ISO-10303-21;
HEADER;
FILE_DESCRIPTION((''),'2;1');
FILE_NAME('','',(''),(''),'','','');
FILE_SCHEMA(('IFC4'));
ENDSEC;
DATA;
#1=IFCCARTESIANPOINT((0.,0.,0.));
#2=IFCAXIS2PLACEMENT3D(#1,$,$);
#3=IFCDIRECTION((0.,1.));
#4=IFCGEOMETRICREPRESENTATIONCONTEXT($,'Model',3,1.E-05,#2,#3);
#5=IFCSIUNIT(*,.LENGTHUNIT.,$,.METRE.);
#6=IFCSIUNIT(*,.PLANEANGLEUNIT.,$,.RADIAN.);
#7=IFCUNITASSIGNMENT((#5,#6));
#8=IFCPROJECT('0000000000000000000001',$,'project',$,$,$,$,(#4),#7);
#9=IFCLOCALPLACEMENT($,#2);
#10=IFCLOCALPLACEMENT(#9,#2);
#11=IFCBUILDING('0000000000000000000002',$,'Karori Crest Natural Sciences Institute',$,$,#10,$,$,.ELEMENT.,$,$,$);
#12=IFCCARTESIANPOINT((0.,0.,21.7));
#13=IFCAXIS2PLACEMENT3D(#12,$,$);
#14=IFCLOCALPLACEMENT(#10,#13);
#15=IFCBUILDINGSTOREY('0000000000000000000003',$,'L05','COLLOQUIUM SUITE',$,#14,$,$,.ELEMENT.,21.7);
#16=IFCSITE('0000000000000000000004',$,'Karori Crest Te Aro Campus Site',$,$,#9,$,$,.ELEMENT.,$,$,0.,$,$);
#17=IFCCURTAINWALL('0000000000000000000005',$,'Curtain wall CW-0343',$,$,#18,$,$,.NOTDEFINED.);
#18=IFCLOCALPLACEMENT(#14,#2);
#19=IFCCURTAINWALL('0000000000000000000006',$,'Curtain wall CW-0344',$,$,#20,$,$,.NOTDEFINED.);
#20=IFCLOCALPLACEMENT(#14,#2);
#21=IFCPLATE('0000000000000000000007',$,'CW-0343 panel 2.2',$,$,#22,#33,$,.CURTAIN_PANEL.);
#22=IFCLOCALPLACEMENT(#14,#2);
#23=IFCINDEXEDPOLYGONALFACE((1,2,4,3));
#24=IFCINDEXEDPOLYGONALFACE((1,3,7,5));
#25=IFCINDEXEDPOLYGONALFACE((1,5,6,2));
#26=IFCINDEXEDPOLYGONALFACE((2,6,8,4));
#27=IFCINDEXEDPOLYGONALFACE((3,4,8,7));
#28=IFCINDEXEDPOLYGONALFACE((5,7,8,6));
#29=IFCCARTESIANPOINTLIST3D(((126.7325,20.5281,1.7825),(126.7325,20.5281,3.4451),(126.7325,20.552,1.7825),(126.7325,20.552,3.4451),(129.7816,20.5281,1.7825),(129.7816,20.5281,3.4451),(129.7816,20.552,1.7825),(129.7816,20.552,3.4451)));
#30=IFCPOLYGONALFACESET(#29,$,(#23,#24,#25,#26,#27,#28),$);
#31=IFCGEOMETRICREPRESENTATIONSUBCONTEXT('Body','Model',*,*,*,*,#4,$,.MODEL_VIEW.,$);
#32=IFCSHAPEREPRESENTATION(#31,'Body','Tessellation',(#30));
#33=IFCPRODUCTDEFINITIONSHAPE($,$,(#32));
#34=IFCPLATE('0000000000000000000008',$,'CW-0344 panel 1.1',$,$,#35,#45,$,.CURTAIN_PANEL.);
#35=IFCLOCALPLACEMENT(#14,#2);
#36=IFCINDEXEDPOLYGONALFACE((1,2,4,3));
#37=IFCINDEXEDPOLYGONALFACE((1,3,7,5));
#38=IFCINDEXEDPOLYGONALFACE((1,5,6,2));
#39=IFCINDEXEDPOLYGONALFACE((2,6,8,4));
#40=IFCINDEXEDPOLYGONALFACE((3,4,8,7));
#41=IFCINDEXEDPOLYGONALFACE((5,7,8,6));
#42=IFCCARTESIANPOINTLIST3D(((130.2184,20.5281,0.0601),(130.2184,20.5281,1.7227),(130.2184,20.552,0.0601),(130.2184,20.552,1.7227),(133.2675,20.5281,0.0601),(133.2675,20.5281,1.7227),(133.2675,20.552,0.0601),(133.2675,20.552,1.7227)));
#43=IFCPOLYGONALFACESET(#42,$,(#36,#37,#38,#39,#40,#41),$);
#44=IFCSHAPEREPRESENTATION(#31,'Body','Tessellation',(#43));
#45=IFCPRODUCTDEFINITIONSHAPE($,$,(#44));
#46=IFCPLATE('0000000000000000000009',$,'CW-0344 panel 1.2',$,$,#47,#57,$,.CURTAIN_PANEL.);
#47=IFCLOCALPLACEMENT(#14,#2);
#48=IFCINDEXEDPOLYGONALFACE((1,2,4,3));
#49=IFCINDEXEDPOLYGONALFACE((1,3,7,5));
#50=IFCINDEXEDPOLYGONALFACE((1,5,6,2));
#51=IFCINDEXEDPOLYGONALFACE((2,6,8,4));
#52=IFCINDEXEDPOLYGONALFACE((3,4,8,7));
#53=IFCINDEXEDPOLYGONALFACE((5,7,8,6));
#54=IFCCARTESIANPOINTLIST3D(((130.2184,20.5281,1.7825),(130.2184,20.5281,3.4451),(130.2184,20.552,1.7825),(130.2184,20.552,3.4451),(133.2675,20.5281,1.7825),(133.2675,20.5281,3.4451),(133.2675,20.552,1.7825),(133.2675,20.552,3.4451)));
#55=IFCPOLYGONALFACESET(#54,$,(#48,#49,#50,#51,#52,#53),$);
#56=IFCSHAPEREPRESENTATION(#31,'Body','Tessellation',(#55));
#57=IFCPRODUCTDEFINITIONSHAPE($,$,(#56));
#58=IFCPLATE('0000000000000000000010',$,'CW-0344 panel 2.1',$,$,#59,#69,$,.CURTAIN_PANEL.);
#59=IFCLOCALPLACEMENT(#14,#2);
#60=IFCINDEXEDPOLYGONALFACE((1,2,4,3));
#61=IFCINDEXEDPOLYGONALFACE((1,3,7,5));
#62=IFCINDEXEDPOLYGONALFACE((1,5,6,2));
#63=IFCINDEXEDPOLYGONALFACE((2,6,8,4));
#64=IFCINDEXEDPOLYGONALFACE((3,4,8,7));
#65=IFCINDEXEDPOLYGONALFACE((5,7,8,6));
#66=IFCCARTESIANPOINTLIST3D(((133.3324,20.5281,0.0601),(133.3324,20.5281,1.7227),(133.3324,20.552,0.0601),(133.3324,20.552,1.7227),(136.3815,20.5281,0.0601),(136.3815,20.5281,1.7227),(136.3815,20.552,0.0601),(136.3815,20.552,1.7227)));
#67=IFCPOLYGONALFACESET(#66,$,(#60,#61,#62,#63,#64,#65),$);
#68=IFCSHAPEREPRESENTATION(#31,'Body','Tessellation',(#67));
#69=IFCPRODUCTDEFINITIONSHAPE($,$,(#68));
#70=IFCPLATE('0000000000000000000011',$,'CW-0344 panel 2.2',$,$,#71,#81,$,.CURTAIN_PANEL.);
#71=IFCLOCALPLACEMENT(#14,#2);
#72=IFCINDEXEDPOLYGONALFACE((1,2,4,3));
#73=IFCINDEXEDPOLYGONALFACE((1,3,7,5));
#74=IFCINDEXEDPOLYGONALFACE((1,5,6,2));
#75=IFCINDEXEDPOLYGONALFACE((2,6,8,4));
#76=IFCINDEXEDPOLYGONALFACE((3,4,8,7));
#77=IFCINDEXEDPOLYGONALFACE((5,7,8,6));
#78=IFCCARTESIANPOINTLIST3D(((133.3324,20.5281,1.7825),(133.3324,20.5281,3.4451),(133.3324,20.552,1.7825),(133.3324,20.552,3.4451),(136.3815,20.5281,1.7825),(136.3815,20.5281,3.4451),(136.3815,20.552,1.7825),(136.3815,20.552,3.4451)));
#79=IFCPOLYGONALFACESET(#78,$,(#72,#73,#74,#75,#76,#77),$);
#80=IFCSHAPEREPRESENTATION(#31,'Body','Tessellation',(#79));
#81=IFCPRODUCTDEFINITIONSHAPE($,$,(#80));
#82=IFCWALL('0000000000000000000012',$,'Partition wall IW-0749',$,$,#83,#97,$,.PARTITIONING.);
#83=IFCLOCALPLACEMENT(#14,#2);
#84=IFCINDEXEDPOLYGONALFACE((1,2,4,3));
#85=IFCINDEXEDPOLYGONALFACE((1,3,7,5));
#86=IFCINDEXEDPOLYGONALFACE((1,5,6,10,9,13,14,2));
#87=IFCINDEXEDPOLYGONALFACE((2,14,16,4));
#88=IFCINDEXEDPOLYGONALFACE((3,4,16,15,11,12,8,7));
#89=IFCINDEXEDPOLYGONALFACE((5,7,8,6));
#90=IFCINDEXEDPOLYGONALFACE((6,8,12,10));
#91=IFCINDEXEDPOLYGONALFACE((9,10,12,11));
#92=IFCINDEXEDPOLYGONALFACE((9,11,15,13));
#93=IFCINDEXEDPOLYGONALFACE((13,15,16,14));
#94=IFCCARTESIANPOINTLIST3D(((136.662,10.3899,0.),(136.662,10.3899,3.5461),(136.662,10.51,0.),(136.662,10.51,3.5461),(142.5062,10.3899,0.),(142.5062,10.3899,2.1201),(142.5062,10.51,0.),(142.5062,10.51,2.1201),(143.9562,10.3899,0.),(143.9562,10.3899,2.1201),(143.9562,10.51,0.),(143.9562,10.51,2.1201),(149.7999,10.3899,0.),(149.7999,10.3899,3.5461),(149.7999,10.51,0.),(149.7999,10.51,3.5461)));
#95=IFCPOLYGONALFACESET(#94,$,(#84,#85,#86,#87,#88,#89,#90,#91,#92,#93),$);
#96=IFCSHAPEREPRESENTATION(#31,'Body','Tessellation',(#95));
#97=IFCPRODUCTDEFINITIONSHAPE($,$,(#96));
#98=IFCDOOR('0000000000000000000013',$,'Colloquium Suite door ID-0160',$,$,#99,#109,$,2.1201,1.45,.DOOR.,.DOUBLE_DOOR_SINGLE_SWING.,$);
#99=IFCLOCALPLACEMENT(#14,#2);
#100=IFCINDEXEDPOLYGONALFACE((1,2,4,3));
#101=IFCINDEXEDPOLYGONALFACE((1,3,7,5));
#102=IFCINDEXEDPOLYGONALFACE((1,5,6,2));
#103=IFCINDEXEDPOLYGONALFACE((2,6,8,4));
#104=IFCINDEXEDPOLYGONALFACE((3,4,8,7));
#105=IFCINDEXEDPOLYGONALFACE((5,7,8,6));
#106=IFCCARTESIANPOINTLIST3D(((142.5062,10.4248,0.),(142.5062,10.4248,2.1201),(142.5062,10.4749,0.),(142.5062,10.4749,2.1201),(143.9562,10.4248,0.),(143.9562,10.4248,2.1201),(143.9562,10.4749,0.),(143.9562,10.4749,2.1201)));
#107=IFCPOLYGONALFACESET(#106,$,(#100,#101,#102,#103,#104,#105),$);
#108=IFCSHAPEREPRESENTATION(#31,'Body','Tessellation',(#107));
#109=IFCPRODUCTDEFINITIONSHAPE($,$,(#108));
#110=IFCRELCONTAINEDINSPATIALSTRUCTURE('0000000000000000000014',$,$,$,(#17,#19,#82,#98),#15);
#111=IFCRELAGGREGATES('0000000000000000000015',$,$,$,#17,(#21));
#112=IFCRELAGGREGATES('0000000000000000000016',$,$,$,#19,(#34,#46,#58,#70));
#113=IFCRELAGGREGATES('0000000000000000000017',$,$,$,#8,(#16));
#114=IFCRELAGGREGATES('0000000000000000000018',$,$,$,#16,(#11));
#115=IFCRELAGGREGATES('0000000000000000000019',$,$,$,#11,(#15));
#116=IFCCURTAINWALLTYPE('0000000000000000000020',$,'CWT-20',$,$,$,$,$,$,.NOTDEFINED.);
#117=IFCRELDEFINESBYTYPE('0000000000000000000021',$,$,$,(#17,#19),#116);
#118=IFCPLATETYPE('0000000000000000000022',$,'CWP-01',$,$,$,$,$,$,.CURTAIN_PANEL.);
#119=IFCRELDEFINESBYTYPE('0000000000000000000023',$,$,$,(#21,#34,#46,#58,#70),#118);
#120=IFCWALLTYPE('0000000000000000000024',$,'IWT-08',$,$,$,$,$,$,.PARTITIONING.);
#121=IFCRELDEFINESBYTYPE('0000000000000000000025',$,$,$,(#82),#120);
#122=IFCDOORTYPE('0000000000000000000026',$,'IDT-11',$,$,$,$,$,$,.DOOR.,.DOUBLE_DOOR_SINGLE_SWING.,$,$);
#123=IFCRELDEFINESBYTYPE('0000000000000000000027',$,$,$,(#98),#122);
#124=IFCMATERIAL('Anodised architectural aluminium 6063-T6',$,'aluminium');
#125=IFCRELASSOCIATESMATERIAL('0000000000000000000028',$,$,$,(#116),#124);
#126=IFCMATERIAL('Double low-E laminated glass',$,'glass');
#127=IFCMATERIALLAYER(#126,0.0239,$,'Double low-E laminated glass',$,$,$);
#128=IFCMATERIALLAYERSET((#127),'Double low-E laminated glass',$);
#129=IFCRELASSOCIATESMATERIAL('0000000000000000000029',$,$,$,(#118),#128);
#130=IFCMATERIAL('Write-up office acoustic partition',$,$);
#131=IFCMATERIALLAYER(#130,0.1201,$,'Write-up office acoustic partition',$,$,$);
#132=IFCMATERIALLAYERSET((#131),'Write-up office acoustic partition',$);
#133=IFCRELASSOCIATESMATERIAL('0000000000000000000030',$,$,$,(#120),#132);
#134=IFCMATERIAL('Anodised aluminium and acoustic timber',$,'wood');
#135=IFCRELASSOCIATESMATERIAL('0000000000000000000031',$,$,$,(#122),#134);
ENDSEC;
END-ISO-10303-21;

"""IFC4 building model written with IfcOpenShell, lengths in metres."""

from ifc_helpers import new_model, si_unit, direction, frame, frame_2d, origin, origin_2d, place, context, subcontext, project, spatial, rectangle, extrude, material, layer, layer_set, type_object, element, fill, aggregate, save


model = new_model("IFC4")

# Units and contexts
model_context = context("Model", 3, precision=1e-05, world=origin(), true_north=direction((0.0, 1.0)))
body_context = subcontext(model_context, "Body", "Model", "MODEL_VIEW")
ifc_project = project(units=[si_unit("LENGTHUNIT", "METRE"), si_unit("PLANEANGLEUNIT", "RADIAN")], contexts=[model_context])

# Site, building, storey
site_placement = place(None, origin())
site = spatial("IfcSite", under=ifc_project, at=site_placement, Name="Karori Crest Te Aro Campus Site", CompositionType="ELEMENT", RefElevation=0.0)
building_placement = place(site_placement, origin())
building = spatial("IfcBuilding", under=site, at=building_placement, Name="Karori Crest Natural Sciences Institute", CompositionType="ELEMENT")
storey_placement = place(building_placement, frame((0.0, 0.0, 21.7)))
storey = spatial("IfcBuildingStorey", under=building, at=storey_placement, Name="L05", Description="COLLOQUIUM SUITE", CompositionType="ELEMENT", Elevation=21.7)

# Curtain walls
ifc_material_1 = material(Name="Anodised architectural aluminium 6063-T6", Category="aluminium")
curtain_wall_type = type_object("IfcCurtainWallType", Name="CWT-20", PredefinedType="NOTDEFINED", material=ifc_material_1)
curtain_wall_1_placement = place(storey_placement, origin())
curtain_wall_1 = element("IfcCurtainWall", 1, at=curtain_wall_1_placement, inside=storey, type_object=curtain_wall_type, Name="Curtain wall CW-0343", PredefinedType="NOTDEFINED")
curtain_wall_2_placement = place(storey_placement, origin())
curtain_wall_2 = element("IfcCurtainWall", 2, at=curtain_wall_2_placement, inside=storey, type_object=curtain_wall_type, Name="Curtain wall CW-0344", PredefinedType="NOTDEFINED")

# Plates
ifc_material_2 = material(Name="Double low-E laminated glass", Category="glass")
ifc_layer_1 = layer(ifc_material_2, 0.0239, Name="Double low-E laminated glass")
ifc_layer_set_1 = layer_set([ifc_layer_1], Name="Double low-E laminated glass")
plate_type = type_object("IfcPlateType", Name="CWP-01", PredefinedType="CURTAIN_PANEL", material=ifc_layer_set_1)
plate_1_placement = place(storey_placement, frame((128.2571, 20.54, 1.7825), z_axis=(0.0, 0.0, 1.0), x_axis=(1.0, 0.0, 0.0)))
plate_1 = element("IfcPlate", 3, at=plate_1_placement, type_object=plate_type, Name="CW-0343 panel 2.2", PredefinedType="CURTAIN_PANEL", context=body_context, shape_type="SweptSolid", body=[
    extrude(rectangle(XDim=3.0491, YDim=0.0239, at=origin_2d()), origin(), (0.0, 0.0, 1.0), 1.6626),
])
aggregate(curtain_wall_1, [plate_1])
plate_2_placement = place(storey_placement, frame((131.7429, 20.54, 0.0601), z_axis=(0.0, 0.0, 1.0), x_axis=(1.0, 0.0, 0.0)))
plate_2 = element("IfcPlate", 4, at=plate_2_placement, type_object=plate_type, Name="CW-0344 panel 1.1", PredefinedType="CURTAIN_PANEL", context=body_context, shape_type="SweptSolid", body=[
    extrude(rectangle(XDim=3.0491, YDim=0.0239, at=origin_2d()), origin(), (0.0, 0.0, 1.0), 1.6626),
])
plate_3_placement = place(storey_placement, frame((131.7429, 20.54, 1.7825), z_axis=(0.0, 0.0, 1.0), x_axis=(1.0, 0.0, 0.0)))
plate_3 = element("IfcPlate", 5, at=plate_3_placement, type_object=plate_type, Name="CW-0344 panel 1.2", PredefinedType="CURTAIN_PANEL", context=body_context, shape_type="SweptSolid", body=[
    extrude(rectangle(XDim=3.0491, YDim=0.0239, at=origin_2d()), origin(), (0.0, 0.0, 1.0), 1.6626),
])
plate_4_placement = place(storey_placement, frame((134.8569, 20.54, 0.0601), z_axis=(0.0, 0.0, 1.0), x_axis=(1.0, 0.0, 0.0)))
plate_4 = element("IfcPlate", 6, at=plate_4_placement, type_object=plate_type, Name="CW-0344 panel 2.1", PredefinedType="CURTAIN_PANEL", context=body_context, shape_type="SweptSolid", body=[
    extrude(rectangle(XDim=3.0491, YDim=0.0239, at=origin_2d()), origin(), (0.0, 0.0, 1.0), 1.6626),
])
plate_5_placement = place(storey_placement, frame((134.8569, 20.54, 1.7825), z_axis=(0.0, 0.0, 1.0), x_axis=(1.0, 0.0, 0.0)))
plate_5 = element("IfcPlate", 7, at=plate_5_placement, type_object=plate_type, Name="CW-0344 panel 2.2", PredefinedType="CURTAIN_PANEL", context=body_context, shape_type="SweptSolid", body=[
    extrude(rectangle(XDim=3.0491, YDim=0.0239, at=origin_2d()), origin(), (0.0, 0.0, 1.0), 1.6626),
])
aggregate(curtain_wall_2, [plate_2, plate_3, plate_4, plate_5])

# Wall, opening, door
ifc_material_3 = material(Name="Write-up office acoustic partition")
ifc_layer_2 = layer(ifc_material_3, 0.1201, Name="Write-up office acoustic partition")
ifc_layer_set_2 = layer_set([ifc_layer_2], Name="Write-up office acoustic partition")
wall_type = type_object("IfcWallType", Name="IWT-08", PredefinedType="PARTITIONING", material=ifc_layer_set_2)
wall_placement = place(storey_placement, frame((136.6621, 10.45, 0.0), z_axis=(0.0, 0.0, 1.0), x_axis=(1.0, 0.0, 0.0)))
wall = element("IfcWall", 8, at=wall_placement, inside=storey, type_object=wall_type, Name="Partition wall IW-0749", PredefinedType="PARTITIONING", context=body_context, shape_type="SweptSolid", body=[
    extrude(rectangle(XDim=13.1379, YDim=0.1201, at=frame_2d((6.5688, 0.0))), origin(), (0.0, 0.0, 1.0), 3.5461),
])
opening_placement = place(wall_placement, frame((5.844, 0.0, 0.0)))
opening = element("IfcOpeningElement", 9, at=opening_placement, cuts=wall, PredefinedType="OPENING", context=body_context, shape_type="SweptSolid", body=[
    extrude(rectangle(XDim=1.45, YDim=2.1201, at=frame_2d((0.7251, 1.0601))), frame((0.0, 0.0701, 0.0), z_axis=(0.0, -1.0, 0.0), x_axis=(1.0, 0.0, 0.0)), (0.0, 0.0, 1.0), 0.1401),
])
ifc_material_4 = material(Name="Anodised aluminium and acoustic timber", Category="wood")
door_type = type_object("IfcDoorType", Name="IDT-11", OperationType="DOUBLE_DOOR_SINGLE_SWING", PredefinedType="DOOR", material=ifc_material_4)
door_placement = place(opening_placement, origin())
door = element("IfcDoor", 10, at=door_placement, inside=storey, type_object=door_type, Name="Colloquium Suite door ID-0160", OperationType="DOUBLE_DOOR_SINGLE_SWING", OverallHeight=2.1201, OverallWidth=1.45, PredefinedType="DOOR", context=body_context, shape_type="SweptSolid", body=[
    extrude(rectangle(XDim=1.45, YDim=2.1201, at=frame_2d((0.7251, 1.0601))), frame((0.0, 0.0249, 0.0), z_axis=(0.0, -1.0, 0.0), x_axis=(1.0, 0.0, 0.0)), (0.0, 0.0, 1.0), 0.05),
])
fill(opening, door)

save(model, "model.ifc")
